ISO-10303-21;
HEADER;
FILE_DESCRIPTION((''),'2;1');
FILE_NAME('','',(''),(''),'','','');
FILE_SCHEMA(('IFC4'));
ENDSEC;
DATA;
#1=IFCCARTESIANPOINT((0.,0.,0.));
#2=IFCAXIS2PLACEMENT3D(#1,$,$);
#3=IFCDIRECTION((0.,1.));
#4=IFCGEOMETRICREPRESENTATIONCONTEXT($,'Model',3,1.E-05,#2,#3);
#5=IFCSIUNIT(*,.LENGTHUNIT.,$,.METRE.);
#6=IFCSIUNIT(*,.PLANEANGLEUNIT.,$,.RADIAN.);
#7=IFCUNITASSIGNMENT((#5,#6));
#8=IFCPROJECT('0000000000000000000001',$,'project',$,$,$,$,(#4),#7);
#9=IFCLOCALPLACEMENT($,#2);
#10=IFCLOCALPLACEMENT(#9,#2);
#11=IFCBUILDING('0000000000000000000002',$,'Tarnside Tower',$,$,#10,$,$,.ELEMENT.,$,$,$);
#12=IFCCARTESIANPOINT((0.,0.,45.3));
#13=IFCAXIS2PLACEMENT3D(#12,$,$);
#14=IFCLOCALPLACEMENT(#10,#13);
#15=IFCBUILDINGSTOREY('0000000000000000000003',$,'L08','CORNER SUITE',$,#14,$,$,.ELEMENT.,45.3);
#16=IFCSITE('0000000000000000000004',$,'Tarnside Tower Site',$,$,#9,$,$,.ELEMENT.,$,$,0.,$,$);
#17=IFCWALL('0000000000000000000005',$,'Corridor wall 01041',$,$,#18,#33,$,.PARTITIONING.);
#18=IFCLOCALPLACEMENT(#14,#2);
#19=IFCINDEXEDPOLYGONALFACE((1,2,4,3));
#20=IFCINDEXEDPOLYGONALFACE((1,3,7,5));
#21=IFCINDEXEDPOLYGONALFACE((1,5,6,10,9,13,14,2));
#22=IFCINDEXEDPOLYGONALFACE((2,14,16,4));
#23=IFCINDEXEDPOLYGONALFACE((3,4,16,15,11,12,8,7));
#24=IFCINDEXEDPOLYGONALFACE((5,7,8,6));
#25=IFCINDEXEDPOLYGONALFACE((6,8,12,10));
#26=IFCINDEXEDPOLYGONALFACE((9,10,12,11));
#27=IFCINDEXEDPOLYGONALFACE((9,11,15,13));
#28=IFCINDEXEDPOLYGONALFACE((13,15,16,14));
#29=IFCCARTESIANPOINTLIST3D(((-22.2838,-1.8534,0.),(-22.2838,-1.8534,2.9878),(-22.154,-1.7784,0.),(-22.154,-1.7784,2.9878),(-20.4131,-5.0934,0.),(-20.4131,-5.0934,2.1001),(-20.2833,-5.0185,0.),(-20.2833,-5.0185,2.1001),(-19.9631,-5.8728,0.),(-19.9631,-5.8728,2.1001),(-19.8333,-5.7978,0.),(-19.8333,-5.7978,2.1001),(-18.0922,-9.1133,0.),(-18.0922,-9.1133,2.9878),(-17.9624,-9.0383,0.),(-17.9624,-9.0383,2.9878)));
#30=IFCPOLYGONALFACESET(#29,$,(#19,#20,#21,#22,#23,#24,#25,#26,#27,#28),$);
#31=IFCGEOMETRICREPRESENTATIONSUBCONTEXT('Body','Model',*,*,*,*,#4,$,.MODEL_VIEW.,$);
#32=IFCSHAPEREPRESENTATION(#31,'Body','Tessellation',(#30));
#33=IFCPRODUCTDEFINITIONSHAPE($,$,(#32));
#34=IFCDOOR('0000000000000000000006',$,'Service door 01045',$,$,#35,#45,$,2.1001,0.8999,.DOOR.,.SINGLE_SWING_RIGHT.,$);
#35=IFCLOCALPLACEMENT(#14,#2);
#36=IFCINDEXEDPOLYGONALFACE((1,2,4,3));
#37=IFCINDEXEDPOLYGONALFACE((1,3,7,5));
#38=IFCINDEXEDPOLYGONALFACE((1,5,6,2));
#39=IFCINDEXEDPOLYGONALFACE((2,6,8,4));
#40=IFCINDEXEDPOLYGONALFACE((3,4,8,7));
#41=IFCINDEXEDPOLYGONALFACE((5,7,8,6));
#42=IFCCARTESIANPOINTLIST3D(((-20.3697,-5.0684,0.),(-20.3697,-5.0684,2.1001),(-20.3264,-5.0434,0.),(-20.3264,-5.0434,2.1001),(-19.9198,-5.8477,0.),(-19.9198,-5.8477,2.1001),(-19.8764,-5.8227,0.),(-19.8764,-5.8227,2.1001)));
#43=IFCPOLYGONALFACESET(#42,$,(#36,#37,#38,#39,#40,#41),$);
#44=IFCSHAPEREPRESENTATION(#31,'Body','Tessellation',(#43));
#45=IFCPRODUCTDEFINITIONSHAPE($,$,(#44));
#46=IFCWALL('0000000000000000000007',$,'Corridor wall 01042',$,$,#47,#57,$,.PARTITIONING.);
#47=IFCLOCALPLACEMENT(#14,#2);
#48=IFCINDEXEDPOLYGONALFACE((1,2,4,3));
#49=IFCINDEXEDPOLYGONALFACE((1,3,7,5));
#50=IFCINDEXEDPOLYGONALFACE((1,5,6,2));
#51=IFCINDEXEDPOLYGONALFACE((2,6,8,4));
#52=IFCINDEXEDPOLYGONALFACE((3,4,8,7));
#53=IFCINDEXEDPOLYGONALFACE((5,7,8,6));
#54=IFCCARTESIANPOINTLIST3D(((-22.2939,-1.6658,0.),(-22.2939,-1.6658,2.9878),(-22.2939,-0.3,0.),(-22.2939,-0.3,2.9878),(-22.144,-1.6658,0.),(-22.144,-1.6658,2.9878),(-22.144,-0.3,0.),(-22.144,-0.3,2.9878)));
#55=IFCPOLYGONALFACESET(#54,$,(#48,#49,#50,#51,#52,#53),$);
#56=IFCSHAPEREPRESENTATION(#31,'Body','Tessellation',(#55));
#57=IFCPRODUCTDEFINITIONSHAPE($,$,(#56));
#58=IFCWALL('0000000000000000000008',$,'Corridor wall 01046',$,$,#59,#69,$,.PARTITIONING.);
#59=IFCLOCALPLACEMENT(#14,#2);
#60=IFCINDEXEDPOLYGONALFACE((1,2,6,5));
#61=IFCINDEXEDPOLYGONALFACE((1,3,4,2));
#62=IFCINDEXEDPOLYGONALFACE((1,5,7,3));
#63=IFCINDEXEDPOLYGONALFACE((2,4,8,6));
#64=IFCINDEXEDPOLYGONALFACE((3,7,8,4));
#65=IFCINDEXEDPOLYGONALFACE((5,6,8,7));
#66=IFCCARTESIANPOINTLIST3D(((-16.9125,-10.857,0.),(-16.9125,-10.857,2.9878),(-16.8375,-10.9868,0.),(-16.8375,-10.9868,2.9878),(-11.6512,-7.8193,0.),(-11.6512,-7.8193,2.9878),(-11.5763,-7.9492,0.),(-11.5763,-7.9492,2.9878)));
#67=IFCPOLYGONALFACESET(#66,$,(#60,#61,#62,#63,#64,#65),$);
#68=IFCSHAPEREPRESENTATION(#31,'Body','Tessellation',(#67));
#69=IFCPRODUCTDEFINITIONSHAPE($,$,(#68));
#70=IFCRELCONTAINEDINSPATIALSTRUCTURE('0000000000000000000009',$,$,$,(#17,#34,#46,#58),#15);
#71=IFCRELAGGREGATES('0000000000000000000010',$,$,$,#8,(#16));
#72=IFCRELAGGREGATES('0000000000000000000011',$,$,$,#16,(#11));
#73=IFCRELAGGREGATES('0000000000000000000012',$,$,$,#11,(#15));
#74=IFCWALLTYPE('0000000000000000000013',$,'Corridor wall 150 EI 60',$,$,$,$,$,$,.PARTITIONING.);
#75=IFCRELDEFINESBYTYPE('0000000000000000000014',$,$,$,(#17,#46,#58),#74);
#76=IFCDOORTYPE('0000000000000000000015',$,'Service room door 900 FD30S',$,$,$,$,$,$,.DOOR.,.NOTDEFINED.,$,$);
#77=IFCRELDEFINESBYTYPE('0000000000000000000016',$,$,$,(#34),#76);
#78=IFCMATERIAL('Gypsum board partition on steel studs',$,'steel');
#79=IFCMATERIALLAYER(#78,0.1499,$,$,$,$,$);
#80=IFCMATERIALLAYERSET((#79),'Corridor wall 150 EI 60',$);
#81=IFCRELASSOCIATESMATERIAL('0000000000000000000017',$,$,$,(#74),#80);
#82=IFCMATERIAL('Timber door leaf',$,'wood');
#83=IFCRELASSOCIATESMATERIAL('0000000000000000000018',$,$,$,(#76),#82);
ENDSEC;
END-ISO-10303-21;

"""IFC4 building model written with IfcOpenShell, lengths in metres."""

from ifc_helpers import new_model, si_unit, direction, frame, frame_2d, origin, place, context, subcontext, project, spatial, rectangle, extrude, material, layer, layer_set, type_object, element, fill, save


model = new_model("IFC4")

# Units and contexts
model_context = context("Model", 3, precision=1e-05, world=origin(), true_north=direction((0.0, 1.0)))
body_context = subcontext(model_context, "Body", "Model", "MODEL_VIEW")
ifc_project = project(units=[si_unit("LENGTHUNIT", "METRE"), si_unit("PLANEANGLEUNIT", "RADIAN")], contexts=[model_context])

# Site, building, storey
site_placement = place(None, origin())
site = spatial("IfcSite", under=ifc_project, at=site_placement, Name="Tarnside Tower Site", CompositionType="ELEMENT", RefElevation=0.0)
building_placement = place(site_placement, origin())
building = spatial("IfcBuilding", under=site, at=building_placement, Name="Tarnside Tower", CompositionType="ELEMENT")
storey_placement = place(building_placement, frame((0.0, 0.0, 45.3)))
storey = spatial("IfcBuildingStorey", under=building, at=storey_placement, Name="L08", Description="CORNER SUITE", CompositionType="ELEMENT", Elevation=45.3)

# Shared definitions
ifc_material_1 = material(Name="Gypsum board partition on steel studs", Category="steel")
ifc_material_2 = material(Name="Timber door leaf", Category="wood")

# Shared definitions
ifc_layer_1 = layer(ifc_material_1, 0.1499)
ifc_layer_set_1 = layer_set([ifc_layer_1], Name="Corridor wall 150 EI 60")
wall_type_1 = type_object("IfcWallType", Name="Corridor wall 150 EI 60", PredefinedType="PARTITIONING", material=ifc_layer_set_1)

# Wall, opening, door
wall_1_placement = place(storey_placement, frame((-18.0273, -9.0757, 0.0), z_axis=(0.0, 0.0, 1.0), x_axis=(-0.500007, 0.866021, 0.0)))
wall_1 = element("IfcWall", 1, at=wall_1_placement, inside=storey, type_object=wall_type_1, Name="Corridor wall 01041", PredefinedType="PARTITIONING", context=body_context, shape_type="SweptSolid", body=[
    extrude(rectangle(XDim=8.3831, YDim=0.1499, at=frame_2d((4.1914, 0.0))), origin(), (0.0, 0.0, 1.0), 2.9878),
])
opening_1_placement = place(wall_1_placement, frame((3.7417, 0.0, 0.0)))
opening_1 = element("IfcOpeningElement", 2, at=opening_1_placement, cuts=wall_1, PredefinedType="OPENING", context=body_context, shape_type="SweptSolid", body=[
    extrude(rectangle(XDim=0.8999, YDim=2.1001, at=frame_2d((0.45, 1.05))), frame((0.0, 0.085, 0.0), z_axis=(0.0, -1.0, 0.0), x_axis=(1.0, 0.0, 0.0)), (0.0, 0.0, 1.0), 0.1699),
])
door_type_1 = type_object("IfcDoorType", Name="Service room door 900 FD30S", OperationType="NOTDEFINED", PredefinedType="DOOR", material=ifc_material_2)
door_1_placement = place(opening_1_placement, origin())
door_1 = element("IfcDoor", 3, at=door_1_placement, inside=storey, type_object=door_type_1, Name="Service door 01045", OperationType="SINGLE_SWING_RIGHT", OverallHeight=2.1001, OverallWidth=0.8999, PredefinedType="DOOR", context=body_context, shape_type="SweptSolid", body=[
    extrude(rectangle(XDim=0.8999, YDim=2.1001, at=frame_2d((0.45, 1.05))), frame((0.0, 0.0249, 0.0), z_axis=(0.0, -1.0, 0.0), x_axis=(1.0, 0.0, 0.0)), (0.0, 0.0, 1.0), 0.05),
])
fill(opening_1, door_1)

# Walls
wall_2_placement = place(storey_placement, frame((-22.219, -1.6658, 0.0), z_axis=(0.0, 0.0, 1.0), x_axis=(0.0, 1.0, 0.0)))
element("IfcWall", 4, at=wall_2_placement, inside=storey, type_object=wall_type_1, Name="Corridor wall 01042", PredefinedType="PARTITIONING", context=body_context, shape_type="SweptSolid", body=[
    extrude(rectangle(XDim=1.3657, YDim=0.1499, at=frame_2d((0.6829, 0.0))), origin(), (0.0, 0.0, 1.0), 2.9878),
])
wall_3_placement = place(storey_placement, frame((-16.875, -10.9219, 0.0), z_axis=(0.0, 0.0, 1.0), x_axis=(0.866024, 0.500003, 0.0)))
element("IfcWall", 5, at=wall_3_placement, inside=storey, type_object=wall_type_1, Name="Corridor wall 01046", PredefinedType="PARTITIONING", context=body_context, shape_type="SweptSolid", body=[
    extrude(rectangle(XDim=6.0752, YDim=0.1499, at=frame_2d((3.0376, 0.0))), origin(), (0.0, 0.0, 1.0), 2.9878),
])

save(model, "model.ifc")
